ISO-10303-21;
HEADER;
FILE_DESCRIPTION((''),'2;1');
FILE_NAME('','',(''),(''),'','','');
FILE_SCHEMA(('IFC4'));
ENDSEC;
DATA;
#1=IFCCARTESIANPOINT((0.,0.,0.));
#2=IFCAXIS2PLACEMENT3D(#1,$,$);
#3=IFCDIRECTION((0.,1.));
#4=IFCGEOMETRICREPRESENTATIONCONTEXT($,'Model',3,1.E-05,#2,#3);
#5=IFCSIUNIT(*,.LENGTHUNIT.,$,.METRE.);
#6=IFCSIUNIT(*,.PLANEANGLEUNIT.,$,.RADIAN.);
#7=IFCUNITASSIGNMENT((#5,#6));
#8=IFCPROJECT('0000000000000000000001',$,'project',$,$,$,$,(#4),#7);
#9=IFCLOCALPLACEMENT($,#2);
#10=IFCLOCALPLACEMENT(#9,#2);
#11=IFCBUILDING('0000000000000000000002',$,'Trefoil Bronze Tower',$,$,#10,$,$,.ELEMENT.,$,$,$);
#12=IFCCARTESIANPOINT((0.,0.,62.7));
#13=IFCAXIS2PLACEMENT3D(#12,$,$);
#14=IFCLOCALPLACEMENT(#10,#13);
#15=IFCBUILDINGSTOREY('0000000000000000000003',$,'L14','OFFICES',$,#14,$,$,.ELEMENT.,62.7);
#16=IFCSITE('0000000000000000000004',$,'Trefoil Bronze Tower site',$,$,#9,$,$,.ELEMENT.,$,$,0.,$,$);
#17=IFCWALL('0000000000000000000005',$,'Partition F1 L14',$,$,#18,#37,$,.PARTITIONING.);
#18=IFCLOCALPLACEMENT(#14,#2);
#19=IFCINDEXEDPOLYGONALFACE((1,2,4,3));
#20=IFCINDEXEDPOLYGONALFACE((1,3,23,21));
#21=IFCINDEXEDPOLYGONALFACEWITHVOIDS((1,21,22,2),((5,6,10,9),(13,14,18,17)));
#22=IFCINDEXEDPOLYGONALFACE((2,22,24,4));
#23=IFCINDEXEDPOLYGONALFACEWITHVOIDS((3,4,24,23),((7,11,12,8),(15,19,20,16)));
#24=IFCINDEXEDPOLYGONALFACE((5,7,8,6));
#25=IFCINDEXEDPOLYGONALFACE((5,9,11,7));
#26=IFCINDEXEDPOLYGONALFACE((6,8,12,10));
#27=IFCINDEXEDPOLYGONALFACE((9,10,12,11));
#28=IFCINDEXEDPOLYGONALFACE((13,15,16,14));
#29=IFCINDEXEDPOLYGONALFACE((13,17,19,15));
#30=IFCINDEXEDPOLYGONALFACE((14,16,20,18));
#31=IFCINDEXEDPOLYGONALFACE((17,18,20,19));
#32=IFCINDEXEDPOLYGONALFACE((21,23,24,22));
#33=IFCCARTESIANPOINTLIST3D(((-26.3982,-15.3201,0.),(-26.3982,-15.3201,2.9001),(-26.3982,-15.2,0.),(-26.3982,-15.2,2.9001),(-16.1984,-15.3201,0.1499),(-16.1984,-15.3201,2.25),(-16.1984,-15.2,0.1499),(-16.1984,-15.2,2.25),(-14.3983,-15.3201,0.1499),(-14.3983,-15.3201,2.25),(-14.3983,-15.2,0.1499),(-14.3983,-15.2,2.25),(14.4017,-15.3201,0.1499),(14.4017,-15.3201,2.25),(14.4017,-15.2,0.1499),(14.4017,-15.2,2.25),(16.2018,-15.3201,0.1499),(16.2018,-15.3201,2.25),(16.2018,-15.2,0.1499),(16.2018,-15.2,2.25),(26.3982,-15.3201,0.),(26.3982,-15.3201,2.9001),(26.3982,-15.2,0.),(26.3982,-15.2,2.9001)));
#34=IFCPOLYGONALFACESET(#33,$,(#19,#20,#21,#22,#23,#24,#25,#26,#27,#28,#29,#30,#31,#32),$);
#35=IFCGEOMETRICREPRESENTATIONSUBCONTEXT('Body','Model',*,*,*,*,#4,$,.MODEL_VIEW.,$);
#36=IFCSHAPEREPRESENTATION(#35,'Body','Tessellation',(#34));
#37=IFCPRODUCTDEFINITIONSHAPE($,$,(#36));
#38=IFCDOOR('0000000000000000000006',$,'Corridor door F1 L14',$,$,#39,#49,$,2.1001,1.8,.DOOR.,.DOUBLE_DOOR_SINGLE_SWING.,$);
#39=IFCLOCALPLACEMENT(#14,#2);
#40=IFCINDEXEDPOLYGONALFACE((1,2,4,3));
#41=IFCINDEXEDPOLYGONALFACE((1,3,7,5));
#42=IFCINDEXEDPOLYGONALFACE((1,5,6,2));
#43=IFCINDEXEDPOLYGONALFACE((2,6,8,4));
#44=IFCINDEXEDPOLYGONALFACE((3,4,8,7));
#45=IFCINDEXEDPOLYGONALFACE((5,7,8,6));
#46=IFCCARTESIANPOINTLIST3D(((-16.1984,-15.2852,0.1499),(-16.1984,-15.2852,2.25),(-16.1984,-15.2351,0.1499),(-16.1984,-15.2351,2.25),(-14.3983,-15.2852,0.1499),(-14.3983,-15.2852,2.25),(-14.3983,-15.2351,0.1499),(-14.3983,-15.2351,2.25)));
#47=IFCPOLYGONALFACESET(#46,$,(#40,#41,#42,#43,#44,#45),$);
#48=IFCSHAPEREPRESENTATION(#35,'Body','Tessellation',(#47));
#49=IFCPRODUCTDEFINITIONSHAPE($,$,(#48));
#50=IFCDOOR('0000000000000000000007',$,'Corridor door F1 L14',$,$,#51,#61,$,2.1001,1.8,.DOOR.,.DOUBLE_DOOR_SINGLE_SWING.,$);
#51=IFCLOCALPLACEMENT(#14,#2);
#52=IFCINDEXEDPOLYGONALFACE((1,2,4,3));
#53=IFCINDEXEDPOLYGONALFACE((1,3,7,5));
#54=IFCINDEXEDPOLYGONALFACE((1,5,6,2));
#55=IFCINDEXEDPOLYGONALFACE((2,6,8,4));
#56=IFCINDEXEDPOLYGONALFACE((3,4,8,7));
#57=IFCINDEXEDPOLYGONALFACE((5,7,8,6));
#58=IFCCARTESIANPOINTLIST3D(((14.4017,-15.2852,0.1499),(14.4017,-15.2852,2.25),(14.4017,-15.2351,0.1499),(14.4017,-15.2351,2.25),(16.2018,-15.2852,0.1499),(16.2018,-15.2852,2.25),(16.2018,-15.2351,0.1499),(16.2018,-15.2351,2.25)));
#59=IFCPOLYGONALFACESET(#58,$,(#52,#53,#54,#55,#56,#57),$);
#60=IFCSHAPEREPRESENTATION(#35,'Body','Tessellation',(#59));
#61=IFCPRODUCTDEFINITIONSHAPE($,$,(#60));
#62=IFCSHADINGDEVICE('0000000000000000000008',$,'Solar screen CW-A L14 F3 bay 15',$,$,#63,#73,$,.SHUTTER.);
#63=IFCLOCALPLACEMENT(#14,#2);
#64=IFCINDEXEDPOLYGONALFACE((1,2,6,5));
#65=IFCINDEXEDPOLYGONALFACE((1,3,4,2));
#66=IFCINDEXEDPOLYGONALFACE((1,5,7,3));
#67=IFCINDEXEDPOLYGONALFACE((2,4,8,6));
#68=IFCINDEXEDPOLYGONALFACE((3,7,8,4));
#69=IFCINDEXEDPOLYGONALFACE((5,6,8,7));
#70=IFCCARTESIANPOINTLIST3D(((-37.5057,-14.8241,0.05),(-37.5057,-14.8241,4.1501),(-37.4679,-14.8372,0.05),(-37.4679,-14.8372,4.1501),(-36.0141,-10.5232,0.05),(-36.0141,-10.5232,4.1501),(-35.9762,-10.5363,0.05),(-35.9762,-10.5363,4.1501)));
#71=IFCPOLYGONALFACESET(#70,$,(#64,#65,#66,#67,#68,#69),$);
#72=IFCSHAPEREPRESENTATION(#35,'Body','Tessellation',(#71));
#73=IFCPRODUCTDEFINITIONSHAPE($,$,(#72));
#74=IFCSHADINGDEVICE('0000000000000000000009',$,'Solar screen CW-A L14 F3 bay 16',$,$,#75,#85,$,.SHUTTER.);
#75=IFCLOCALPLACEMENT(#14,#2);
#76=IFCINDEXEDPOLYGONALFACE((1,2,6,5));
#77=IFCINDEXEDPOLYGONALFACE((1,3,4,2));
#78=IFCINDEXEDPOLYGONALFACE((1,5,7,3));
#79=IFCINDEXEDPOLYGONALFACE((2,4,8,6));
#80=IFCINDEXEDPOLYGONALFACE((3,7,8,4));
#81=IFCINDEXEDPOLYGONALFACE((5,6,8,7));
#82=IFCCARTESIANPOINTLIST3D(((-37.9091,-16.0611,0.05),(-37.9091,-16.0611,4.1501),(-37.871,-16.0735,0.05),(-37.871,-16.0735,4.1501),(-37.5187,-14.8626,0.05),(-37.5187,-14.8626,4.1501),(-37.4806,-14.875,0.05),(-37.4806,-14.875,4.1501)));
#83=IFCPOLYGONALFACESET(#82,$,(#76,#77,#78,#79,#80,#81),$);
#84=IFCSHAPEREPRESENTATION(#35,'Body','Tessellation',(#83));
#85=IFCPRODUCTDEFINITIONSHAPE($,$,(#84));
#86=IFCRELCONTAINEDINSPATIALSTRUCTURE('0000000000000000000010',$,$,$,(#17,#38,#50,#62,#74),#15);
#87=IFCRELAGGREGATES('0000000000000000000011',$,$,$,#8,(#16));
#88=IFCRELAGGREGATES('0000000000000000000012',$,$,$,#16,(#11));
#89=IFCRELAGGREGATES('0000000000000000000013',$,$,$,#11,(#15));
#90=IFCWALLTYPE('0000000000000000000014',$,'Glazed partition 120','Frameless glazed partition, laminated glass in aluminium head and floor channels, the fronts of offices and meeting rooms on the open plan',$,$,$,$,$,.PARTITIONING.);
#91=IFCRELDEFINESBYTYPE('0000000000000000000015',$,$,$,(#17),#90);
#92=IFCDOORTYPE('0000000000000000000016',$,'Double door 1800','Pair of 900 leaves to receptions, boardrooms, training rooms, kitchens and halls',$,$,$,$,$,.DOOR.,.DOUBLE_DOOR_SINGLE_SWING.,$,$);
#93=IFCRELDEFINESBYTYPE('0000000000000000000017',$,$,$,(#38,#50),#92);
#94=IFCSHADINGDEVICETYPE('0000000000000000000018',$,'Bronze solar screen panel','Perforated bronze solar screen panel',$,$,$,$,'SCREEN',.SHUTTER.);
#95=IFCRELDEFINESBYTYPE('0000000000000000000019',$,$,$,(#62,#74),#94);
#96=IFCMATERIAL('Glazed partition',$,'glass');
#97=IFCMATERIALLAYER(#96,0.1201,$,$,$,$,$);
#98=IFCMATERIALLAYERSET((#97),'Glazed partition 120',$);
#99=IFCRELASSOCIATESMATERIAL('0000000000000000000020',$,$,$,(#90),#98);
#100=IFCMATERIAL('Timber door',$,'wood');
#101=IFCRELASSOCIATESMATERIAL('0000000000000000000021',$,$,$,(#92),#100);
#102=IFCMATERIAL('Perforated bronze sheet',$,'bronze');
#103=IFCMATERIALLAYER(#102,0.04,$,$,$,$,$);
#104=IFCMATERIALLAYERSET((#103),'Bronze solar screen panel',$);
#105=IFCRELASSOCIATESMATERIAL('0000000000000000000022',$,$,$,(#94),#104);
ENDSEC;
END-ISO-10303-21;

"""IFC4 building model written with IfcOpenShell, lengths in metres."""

from ifc_helpers import new_model, si_unit, direction, frame, frame_2d, origin, origin_2d, place, context, subcontext, project, spatial, rectangle, extrude, material, layer, layer_set, type_object, element, fill, save


model = new_model("IFC4")

# Units and contexts
model_context = context("Model", 3, precision=1e-05, world=origin(), true_north=direction((0.0, 1.0)))
body_context = subcontext(model_context, "Body", "Model", "MODEL_VIEW")
ifc_project = project(units=[si_unit("LENGTHUNIT", "METRE"), si_unit("PLANEANGLEUNIT", "RADIAN")], contexts=[model_context])

# Site, building, storey
site_placement = place(None, origin())
site = spatial("IfcSite", under=ifc_project, at=site_placement, Name="Trefoil Bronze Tower site", CompositionType="ELEMENT", RefElevation=0.0)
building_placement = place(site_placement, origin())
building = spatial("IfcBuilding", under=site, at=building_placement, Name="Trefoil Bronze Tower", CompositionType="ELEMENT")
storey_placement = place(building_placement, frame((0.0, 0.0, 62.7)))
storey = spatial("IfcBuildingStorey", under=building, at=storey_placement, Name="L14", Description="OFFICES", CompositionType="ELEMENT", Elevation=62.7)

# Wall, openings, doors
ifc_material_1 = material(Name="Glazed partition", Category="glass")
ifc_layer_1 = layer(ifc_material_1, 0.1201)
ifc_layer_set_1 = layer_set([ifc_layer_1], Name="Glazed partition 120")
wall_type = type_object("IfcWallType", Name="Glazed partition 120", Description="Frameless glazed partition, laminated glass in aluminium head and floor channels, the fronts of offices and meeting rooms on the open plan", PredefinedType="PARTITIONING", material=ifc_layer_set_1)
wall_placement = place(storey_placement, frame((-26.3982, -15.26, 0.0), z_axis=(0.0, 0.0, 1.0), x_axis=(1.0, 0.0, 0.0)))
wall = element("IfcWall", 1, at=wall_placement, inside=storey, type_object=wall_type, Name="Partition F1 L14", PredefinedType="PARTITIONING", context=body_context, shape_type="SweptSolid", body=[
    extrude(rectangle(XDim=52.7964, YDim=0.1201, at=frame_2d((26.3982, 0.0))), origin(), (0.0, 0.0, 1.0), 2.9001),
])
opening_1_placement = place(wall_placement, frame((10.2, 0.0, 0.1499)))
opening_1 = element("IfcOpeningElement", 2, at=opening_1_placement, cuts=wall, PredefinedType="OPENING", context=body_context, shape_type="SweptSolid", body=[
    extrude(rectangle(XDim=1.8, YDim=2.1001, at=frame_2d((0.8999, 1.05))), frame((0.0, 0.0701, 0.0), z_axis=(0.0, -1.0, 0.0), x_axis=(1.0, 0.0, 0.0)), (0.0, 0.0, 1.0), 0.1401),
])
opening_2_placement = place(wall_placement, frame((40.8, 0.0, 0.1499)))
opening_2 = element("IfcOpeningElement", 3, at=opening_2_placement, cuts=wall, PredefinedType="OPENING", context=body_context, shape_type="SweptSolid", body=[
    extrude(rectangle(XDim=1.8, YDim=2.1001, at=frame_2d((0.8999, 1.05))), frame((0.0, 0.0701, 0.0), z_axis=(0.0, -1.0, 0.0), x_axis=(1.0, 0.0, 0.0)), (0.0, 0.0, 1.0), 0.1401),
])
ifc_material_2 = material(Name="Timber door", Category="wood")
door_type = type_object("IfcDoorType", Name="Double door 1800", Description="Pair of 900 leaves to receptions, boardrooms, training rooms, kitchens and halls", OperationType="DOUBLE_DOOR_SINGLE_SWING", PredefinedType="DOOR", material=ifc_material_2)
door_1_placement = place(opening_1_placement, origin())
door_1 = element("IfcDoor", 4, at=door_1_placement, inside=storey, type_object=door_type, Name="Corridor door F1 L14", OperationType="DOUBLE_DOOR_SINGLE_SWING", OverallHeight=2.1001, OverallWidth=1.8, PredefinedType="DOOR", context=body_context, shape_type="SweptSolid", body=[
    extrude(rectangle(XDim=1.8, YDim=2.1001, at=frame_2d((0.8999, 1.05))), frame((0.0, 0.0249, 0.0), z_axis=(0.0, -1.0, 0.0), x_axis=(1.0, 0.0, 0.0)), (0.0, 0.0, 1.0), 0.05),
])
fill(opening_1, door_1)
door_2_placement = place(opening_2_placement, origin())
door_2 = element("IfcDoor", 5, at=door_2_placement, inside=storey, type_object=door_type, Name="Corridor door F1 L14", OperationType="DOUBLE_DOOR_SINGLE_SWING", OverallHeight=2.1001, OverallWidth=1.8, PredefinedType="DOOR", context=body_context, shape_type="SweptSolid", body=[
    extrude(rectangle(XDim=1.8, YDim=2.1001, at=frame_2d((0.8999, 1.05))), frame((0.0, 0.0249, 0.0), z_axis=(0.0, -1.0, 0.0), x_axis=(1.0, 0.0, 0.0)), (0.0, 0.0, 1.0), 0.05),
])
fill(opening_2, door_2)

# Shading devices
ifc_material_3 = material(Name="Perforated bronze sheet", Category="bronze")
ifc_layer_2 = layer(ifc_material_3, 0.04)
ifc_layer_set_2 = layer_set([ifc_layer_2], Name="Bronze solar screen panel")
shading_device_type = type_object("IfcShadingDeviceType", Name="Bronze solar screen panel", Description="Perforated bronze solar screen panel", ElementType="SCREEN", PredefinedType="SHUTTER", material=ifc_layer_set_2)
shading_device_1_placement = place(storey_placement, frame((-36.741, -12.6802, 0.05), z_axis=(0.0, 0.0, 1.0), x_axis=(-0.327674, -0.944791, 0.0)))
element("IfcShadingDevice", 6, at=shading_device_1_placement, inside=storey, type_object=shading_device_type, Name="Solar screen CW-A L14 F3 bay 15", PredefinedType="SHUTTER", context=body_context, shape_type="SweptSolid", body=[
    extrude(rectangle(XDim=4.5522, YDim=0.04, at=origin_2d()), origin(), (0.0, 0.0, 1.0), 4.1001),
])
shading_device_2_placement = place(storey_placement, frame((-37.6948, -15.468, 0.05), z_axis=(0.0, 0.0, 1.0), x_axis=(-0.309728, -0.950825, 0.0)))
element("IfcShadingDevice", 7, at=shading_device_2_placement, inside=storey, type_object=shading_device_type, Name="Solar screen CW-A L14 F3 bay 16", PredefinedType="SHUTTER", context=body_context, shape_type="SweptSolid", body=[
    extrude(rectangle(XDim=1.2605, YDim=0.04, at=origin_2d()), origin(), (0.0, 0.0, 1.0), 4.1001),
])

save(model, "model.ifc")
